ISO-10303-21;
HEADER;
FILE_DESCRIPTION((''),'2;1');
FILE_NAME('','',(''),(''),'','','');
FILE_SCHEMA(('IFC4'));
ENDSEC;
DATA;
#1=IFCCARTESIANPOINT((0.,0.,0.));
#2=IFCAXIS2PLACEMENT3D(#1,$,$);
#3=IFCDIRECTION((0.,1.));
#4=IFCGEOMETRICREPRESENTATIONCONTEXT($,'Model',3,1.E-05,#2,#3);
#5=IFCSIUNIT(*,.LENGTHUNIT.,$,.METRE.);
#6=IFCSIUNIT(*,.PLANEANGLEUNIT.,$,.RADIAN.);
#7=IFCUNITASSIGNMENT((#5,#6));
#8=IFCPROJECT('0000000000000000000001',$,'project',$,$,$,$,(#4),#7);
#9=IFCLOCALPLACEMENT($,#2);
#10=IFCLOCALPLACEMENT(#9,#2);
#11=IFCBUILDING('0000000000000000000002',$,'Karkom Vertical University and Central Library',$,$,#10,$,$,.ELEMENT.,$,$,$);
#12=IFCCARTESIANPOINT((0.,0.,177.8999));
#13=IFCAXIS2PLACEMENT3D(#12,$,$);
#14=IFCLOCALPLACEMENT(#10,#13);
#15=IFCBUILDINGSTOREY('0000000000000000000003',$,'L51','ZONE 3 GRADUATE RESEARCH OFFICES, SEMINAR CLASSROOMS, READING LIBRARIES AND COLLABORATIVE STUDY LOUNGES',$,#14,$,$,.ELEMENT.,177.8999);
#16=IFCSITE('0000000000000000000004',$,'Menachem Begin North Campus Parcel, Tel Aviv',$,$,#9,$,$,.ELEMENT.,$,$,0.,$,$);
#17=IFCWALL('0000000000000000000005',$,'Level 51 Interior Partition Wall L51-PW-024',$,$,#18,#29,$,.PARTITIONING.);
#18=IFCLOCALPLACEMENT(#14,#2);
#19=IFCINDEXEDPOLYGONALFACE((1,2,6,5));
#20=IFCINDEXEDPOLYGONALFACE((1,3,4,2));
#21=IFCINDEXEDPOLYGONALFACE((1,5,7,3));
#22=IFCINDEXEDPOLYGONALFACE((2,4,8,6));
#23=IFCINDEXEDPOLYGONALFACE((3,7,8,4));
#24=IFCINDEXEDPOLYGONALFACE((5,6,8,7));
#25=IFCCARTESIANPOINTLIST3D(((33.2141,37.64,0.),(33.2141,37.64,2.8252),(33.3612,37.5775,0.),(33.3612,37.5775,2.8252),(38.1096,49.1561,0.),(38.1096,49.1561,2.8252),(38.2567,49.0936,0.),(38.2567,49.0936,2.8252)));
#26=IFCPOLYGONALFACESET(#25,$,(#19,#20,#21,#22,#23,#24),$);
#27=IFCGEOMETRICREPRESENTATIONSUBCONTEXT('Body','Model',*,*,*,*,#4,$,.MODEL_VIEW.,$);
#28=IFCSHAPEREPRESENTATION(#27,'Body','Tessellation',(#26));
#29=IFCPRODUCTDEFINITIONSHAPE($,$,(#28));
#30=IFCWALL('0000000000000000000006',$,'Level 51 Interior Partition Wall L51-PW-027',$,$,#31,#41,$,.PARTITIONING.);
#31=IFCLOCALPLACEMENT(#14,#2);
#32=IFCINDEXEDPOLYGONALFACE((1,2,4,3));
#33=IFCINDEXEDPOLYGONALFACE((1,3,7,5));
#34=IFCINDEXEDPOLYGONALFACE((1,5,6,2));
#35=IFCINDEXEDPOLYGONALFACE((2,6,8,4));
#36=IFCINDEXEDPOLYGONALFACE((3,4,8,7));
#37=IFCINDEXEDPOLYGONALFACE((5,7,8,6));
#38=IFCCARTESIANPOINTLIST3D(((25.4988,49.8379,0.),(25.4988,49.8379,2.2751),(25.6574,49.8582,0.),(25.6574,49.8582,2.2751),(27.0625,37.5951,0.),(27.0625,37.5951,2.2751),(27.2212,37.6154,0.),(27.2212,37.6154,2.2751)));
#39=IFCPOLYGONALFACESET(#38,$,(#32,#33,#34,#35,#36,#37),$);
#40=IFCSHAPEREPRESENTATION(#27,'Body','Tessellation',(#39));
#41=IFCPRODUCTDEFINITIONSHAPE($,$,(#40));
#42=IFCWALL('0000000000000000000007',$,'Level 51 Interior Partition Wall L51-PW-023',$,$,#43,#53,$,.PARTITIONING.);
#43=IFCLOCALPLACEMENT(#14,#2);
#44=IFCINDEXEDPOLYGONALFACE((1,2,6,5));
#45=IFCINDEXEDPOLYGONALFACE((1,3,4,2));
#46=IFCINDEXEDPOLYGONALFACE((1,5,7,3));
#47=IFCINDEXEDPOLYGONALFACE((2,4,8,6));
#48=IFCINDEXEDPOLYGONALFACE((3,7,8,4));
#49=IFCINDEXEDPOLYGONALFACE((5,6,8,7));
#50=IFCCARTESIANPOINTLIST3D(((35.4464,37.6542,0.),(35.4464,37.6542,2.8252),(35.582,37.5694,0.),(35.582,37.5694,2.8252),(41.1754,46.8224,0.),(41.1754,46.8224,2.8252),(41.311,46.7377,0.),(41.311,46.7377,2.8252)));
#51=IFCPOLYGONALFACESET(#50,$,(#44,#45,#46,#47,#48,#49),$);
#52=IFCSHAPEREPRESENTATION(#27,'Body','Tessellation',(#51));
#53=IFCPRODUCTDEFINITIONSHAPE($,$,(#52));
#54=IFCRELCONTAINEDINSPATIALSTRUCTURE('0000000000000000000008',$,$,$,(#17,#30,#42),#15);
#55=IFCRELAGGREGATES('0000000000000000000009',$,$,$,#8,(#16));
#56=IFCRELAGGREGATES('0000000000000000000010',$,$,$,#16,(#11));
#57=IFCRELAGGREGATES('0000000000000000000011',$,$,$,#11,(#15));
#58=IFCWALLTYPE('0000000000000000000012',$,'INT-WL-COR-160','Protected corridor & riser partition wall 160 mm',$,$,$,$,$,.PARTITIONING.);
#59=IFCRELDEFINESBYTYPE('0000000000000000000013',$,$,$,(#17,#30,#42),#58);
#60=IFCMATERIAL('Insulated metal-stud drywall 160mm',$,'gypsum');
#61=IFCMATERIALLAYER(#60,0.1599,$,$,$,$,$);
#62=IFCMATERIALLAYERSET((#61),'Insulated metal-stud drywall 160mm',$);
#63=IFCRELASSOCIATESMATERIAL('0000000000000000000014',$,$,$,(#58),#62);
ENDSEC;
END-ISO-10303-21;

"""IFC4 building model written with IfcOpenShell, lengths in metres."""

from ifc_helpers import new_model, si_unit, direction, frame, frame_2d, origin, place, context, subcontext, project, spatial, rectangle, extrude, material, layer, layer_set, type_object, element, save


model = new_model("IFC4")

# Units and contexts
model_context = context("Model", 3, precision=1e-05, world=origin(), true_north=direction((0.0, 1.0)))
body_context = subcontext(model_context, "Body", "Model", "MODEL_VIEW")
ifc_project = project(units=[si_unit("LENGTHUNIT", "METRE"), si_unit("PLANEANGLEUNIT", "RADIAN")], contexts=[model_context])

# Site, building, storey
site_placement = place(None, origin())
site = spatial("IfcSite", under=ifc_project, at=site_placement, Name="Menachem Begin North Campus Parcel, Tel Aviv", CompositionType="ELEMENT", RefElevation=0.0)
building_placement = place(site_placement, origin())
building = spatial("IfcBuilding", under=site, at=building_placement, Name="Karkom Vertical University and Central Library", CompositionType="ELEMENT")
storey_placement = place(building_placement, frame((0.0, 0.0, 177.8999)))
storey = spatial("IfcBuildingStorey", under=building, at=storey_placement, Name="L51", Description="ZONE 3 GRADUATE RESEARCH OFFICES, SEMINAR CLASSROOMS, READING LIBRARIES AND COLLABORATIVE STUDY LOUNGES", CompositionType="ELEMENT", Elevation=177.8999)

# Shared definitions
ifc_material_1 = material(Name="Insulated metal-stud drywall 160mm", Category="gypsum")
ifc_layer_1 = layer(ifc_material_1, 0.1599)
ifc_layer_set_1 = layer_set([ifc_layer_1], Name="Insulated metal-stud drywall 160mm")
wall_type_1 = type_object("IfcWallType", Name="INT-WL-COR-160", Description="Protected corridor & riser partition wall 160 mm", PredefinedType="PARTITIONING", material=ifc_layer_set_1)

# Walls
wall_1_placement = place(storey_placement, frame((33.2876, 37.6086, 0.0), z_axis=(0.0, 0.0, 1.0), x_axis=(0.391219, 0.920298, 0.0)))
element("IfcWall", 1, at=wall_1_placement, inside=storey, type_object=wall_type_1, Name="Level 51 Interior Partition Wall L51-PW-024", PredefinedType="PARTITIONING", context=body_context, shape_type="SweptSolid", body=[
    extrude(rectangle(XDim=12.5134, YDim=0.1599, at=frame_2d((6.2568, 0.0))), origin(), (0.0, 0.0, 1.0), 2.8252),
])
wall_2_placement = place(storey_placement, frame((27.1418, 37.6052, 0.0), z_axis=(0.0, 0.0, 1.0), x_axis=(-0.126695, 0.991942, 0.0)))
element("IfcWall", 2, at=wall_2_placement, inside=storey, type_object=wall_type_1, Name="Level 51 Interior Partition Wall L51-PW-027", PredefinedType="PARTITIONING", context=body_context, shape_type="SweptSolid", body=[
    extrude(rectangle(XDim=12.3423, YDim=0.1599, at=frame_2d((6.1711, 0.0))), origin(), (0.0, 0.0, 1.0), 2.2751),
])
wall_3_placement = place(storey_placement, frame((35.5142, 37.6118, 0.0), z_axis=(0.0, 0.0, 1.0), x_axis=(0.529924, 0.848045, 0.0)))
element("IfcWall", 3, at=wall_3_placement, inside=storey, type_object=wall_type_1, Name="Level 51 Interior Partition Wall L51-PW-023", PredefinedType="PARTITIONING", context=body_context, shape_type="SweptSolid", body=[
    extrude(rectangle(XDim=10.811, YDim=0.1599, at=frame_2d((5.4055, 0.0))), origin(), (0.0, 0.0, 1.0), 2.8252),
])

save(model, "model.ifc")
